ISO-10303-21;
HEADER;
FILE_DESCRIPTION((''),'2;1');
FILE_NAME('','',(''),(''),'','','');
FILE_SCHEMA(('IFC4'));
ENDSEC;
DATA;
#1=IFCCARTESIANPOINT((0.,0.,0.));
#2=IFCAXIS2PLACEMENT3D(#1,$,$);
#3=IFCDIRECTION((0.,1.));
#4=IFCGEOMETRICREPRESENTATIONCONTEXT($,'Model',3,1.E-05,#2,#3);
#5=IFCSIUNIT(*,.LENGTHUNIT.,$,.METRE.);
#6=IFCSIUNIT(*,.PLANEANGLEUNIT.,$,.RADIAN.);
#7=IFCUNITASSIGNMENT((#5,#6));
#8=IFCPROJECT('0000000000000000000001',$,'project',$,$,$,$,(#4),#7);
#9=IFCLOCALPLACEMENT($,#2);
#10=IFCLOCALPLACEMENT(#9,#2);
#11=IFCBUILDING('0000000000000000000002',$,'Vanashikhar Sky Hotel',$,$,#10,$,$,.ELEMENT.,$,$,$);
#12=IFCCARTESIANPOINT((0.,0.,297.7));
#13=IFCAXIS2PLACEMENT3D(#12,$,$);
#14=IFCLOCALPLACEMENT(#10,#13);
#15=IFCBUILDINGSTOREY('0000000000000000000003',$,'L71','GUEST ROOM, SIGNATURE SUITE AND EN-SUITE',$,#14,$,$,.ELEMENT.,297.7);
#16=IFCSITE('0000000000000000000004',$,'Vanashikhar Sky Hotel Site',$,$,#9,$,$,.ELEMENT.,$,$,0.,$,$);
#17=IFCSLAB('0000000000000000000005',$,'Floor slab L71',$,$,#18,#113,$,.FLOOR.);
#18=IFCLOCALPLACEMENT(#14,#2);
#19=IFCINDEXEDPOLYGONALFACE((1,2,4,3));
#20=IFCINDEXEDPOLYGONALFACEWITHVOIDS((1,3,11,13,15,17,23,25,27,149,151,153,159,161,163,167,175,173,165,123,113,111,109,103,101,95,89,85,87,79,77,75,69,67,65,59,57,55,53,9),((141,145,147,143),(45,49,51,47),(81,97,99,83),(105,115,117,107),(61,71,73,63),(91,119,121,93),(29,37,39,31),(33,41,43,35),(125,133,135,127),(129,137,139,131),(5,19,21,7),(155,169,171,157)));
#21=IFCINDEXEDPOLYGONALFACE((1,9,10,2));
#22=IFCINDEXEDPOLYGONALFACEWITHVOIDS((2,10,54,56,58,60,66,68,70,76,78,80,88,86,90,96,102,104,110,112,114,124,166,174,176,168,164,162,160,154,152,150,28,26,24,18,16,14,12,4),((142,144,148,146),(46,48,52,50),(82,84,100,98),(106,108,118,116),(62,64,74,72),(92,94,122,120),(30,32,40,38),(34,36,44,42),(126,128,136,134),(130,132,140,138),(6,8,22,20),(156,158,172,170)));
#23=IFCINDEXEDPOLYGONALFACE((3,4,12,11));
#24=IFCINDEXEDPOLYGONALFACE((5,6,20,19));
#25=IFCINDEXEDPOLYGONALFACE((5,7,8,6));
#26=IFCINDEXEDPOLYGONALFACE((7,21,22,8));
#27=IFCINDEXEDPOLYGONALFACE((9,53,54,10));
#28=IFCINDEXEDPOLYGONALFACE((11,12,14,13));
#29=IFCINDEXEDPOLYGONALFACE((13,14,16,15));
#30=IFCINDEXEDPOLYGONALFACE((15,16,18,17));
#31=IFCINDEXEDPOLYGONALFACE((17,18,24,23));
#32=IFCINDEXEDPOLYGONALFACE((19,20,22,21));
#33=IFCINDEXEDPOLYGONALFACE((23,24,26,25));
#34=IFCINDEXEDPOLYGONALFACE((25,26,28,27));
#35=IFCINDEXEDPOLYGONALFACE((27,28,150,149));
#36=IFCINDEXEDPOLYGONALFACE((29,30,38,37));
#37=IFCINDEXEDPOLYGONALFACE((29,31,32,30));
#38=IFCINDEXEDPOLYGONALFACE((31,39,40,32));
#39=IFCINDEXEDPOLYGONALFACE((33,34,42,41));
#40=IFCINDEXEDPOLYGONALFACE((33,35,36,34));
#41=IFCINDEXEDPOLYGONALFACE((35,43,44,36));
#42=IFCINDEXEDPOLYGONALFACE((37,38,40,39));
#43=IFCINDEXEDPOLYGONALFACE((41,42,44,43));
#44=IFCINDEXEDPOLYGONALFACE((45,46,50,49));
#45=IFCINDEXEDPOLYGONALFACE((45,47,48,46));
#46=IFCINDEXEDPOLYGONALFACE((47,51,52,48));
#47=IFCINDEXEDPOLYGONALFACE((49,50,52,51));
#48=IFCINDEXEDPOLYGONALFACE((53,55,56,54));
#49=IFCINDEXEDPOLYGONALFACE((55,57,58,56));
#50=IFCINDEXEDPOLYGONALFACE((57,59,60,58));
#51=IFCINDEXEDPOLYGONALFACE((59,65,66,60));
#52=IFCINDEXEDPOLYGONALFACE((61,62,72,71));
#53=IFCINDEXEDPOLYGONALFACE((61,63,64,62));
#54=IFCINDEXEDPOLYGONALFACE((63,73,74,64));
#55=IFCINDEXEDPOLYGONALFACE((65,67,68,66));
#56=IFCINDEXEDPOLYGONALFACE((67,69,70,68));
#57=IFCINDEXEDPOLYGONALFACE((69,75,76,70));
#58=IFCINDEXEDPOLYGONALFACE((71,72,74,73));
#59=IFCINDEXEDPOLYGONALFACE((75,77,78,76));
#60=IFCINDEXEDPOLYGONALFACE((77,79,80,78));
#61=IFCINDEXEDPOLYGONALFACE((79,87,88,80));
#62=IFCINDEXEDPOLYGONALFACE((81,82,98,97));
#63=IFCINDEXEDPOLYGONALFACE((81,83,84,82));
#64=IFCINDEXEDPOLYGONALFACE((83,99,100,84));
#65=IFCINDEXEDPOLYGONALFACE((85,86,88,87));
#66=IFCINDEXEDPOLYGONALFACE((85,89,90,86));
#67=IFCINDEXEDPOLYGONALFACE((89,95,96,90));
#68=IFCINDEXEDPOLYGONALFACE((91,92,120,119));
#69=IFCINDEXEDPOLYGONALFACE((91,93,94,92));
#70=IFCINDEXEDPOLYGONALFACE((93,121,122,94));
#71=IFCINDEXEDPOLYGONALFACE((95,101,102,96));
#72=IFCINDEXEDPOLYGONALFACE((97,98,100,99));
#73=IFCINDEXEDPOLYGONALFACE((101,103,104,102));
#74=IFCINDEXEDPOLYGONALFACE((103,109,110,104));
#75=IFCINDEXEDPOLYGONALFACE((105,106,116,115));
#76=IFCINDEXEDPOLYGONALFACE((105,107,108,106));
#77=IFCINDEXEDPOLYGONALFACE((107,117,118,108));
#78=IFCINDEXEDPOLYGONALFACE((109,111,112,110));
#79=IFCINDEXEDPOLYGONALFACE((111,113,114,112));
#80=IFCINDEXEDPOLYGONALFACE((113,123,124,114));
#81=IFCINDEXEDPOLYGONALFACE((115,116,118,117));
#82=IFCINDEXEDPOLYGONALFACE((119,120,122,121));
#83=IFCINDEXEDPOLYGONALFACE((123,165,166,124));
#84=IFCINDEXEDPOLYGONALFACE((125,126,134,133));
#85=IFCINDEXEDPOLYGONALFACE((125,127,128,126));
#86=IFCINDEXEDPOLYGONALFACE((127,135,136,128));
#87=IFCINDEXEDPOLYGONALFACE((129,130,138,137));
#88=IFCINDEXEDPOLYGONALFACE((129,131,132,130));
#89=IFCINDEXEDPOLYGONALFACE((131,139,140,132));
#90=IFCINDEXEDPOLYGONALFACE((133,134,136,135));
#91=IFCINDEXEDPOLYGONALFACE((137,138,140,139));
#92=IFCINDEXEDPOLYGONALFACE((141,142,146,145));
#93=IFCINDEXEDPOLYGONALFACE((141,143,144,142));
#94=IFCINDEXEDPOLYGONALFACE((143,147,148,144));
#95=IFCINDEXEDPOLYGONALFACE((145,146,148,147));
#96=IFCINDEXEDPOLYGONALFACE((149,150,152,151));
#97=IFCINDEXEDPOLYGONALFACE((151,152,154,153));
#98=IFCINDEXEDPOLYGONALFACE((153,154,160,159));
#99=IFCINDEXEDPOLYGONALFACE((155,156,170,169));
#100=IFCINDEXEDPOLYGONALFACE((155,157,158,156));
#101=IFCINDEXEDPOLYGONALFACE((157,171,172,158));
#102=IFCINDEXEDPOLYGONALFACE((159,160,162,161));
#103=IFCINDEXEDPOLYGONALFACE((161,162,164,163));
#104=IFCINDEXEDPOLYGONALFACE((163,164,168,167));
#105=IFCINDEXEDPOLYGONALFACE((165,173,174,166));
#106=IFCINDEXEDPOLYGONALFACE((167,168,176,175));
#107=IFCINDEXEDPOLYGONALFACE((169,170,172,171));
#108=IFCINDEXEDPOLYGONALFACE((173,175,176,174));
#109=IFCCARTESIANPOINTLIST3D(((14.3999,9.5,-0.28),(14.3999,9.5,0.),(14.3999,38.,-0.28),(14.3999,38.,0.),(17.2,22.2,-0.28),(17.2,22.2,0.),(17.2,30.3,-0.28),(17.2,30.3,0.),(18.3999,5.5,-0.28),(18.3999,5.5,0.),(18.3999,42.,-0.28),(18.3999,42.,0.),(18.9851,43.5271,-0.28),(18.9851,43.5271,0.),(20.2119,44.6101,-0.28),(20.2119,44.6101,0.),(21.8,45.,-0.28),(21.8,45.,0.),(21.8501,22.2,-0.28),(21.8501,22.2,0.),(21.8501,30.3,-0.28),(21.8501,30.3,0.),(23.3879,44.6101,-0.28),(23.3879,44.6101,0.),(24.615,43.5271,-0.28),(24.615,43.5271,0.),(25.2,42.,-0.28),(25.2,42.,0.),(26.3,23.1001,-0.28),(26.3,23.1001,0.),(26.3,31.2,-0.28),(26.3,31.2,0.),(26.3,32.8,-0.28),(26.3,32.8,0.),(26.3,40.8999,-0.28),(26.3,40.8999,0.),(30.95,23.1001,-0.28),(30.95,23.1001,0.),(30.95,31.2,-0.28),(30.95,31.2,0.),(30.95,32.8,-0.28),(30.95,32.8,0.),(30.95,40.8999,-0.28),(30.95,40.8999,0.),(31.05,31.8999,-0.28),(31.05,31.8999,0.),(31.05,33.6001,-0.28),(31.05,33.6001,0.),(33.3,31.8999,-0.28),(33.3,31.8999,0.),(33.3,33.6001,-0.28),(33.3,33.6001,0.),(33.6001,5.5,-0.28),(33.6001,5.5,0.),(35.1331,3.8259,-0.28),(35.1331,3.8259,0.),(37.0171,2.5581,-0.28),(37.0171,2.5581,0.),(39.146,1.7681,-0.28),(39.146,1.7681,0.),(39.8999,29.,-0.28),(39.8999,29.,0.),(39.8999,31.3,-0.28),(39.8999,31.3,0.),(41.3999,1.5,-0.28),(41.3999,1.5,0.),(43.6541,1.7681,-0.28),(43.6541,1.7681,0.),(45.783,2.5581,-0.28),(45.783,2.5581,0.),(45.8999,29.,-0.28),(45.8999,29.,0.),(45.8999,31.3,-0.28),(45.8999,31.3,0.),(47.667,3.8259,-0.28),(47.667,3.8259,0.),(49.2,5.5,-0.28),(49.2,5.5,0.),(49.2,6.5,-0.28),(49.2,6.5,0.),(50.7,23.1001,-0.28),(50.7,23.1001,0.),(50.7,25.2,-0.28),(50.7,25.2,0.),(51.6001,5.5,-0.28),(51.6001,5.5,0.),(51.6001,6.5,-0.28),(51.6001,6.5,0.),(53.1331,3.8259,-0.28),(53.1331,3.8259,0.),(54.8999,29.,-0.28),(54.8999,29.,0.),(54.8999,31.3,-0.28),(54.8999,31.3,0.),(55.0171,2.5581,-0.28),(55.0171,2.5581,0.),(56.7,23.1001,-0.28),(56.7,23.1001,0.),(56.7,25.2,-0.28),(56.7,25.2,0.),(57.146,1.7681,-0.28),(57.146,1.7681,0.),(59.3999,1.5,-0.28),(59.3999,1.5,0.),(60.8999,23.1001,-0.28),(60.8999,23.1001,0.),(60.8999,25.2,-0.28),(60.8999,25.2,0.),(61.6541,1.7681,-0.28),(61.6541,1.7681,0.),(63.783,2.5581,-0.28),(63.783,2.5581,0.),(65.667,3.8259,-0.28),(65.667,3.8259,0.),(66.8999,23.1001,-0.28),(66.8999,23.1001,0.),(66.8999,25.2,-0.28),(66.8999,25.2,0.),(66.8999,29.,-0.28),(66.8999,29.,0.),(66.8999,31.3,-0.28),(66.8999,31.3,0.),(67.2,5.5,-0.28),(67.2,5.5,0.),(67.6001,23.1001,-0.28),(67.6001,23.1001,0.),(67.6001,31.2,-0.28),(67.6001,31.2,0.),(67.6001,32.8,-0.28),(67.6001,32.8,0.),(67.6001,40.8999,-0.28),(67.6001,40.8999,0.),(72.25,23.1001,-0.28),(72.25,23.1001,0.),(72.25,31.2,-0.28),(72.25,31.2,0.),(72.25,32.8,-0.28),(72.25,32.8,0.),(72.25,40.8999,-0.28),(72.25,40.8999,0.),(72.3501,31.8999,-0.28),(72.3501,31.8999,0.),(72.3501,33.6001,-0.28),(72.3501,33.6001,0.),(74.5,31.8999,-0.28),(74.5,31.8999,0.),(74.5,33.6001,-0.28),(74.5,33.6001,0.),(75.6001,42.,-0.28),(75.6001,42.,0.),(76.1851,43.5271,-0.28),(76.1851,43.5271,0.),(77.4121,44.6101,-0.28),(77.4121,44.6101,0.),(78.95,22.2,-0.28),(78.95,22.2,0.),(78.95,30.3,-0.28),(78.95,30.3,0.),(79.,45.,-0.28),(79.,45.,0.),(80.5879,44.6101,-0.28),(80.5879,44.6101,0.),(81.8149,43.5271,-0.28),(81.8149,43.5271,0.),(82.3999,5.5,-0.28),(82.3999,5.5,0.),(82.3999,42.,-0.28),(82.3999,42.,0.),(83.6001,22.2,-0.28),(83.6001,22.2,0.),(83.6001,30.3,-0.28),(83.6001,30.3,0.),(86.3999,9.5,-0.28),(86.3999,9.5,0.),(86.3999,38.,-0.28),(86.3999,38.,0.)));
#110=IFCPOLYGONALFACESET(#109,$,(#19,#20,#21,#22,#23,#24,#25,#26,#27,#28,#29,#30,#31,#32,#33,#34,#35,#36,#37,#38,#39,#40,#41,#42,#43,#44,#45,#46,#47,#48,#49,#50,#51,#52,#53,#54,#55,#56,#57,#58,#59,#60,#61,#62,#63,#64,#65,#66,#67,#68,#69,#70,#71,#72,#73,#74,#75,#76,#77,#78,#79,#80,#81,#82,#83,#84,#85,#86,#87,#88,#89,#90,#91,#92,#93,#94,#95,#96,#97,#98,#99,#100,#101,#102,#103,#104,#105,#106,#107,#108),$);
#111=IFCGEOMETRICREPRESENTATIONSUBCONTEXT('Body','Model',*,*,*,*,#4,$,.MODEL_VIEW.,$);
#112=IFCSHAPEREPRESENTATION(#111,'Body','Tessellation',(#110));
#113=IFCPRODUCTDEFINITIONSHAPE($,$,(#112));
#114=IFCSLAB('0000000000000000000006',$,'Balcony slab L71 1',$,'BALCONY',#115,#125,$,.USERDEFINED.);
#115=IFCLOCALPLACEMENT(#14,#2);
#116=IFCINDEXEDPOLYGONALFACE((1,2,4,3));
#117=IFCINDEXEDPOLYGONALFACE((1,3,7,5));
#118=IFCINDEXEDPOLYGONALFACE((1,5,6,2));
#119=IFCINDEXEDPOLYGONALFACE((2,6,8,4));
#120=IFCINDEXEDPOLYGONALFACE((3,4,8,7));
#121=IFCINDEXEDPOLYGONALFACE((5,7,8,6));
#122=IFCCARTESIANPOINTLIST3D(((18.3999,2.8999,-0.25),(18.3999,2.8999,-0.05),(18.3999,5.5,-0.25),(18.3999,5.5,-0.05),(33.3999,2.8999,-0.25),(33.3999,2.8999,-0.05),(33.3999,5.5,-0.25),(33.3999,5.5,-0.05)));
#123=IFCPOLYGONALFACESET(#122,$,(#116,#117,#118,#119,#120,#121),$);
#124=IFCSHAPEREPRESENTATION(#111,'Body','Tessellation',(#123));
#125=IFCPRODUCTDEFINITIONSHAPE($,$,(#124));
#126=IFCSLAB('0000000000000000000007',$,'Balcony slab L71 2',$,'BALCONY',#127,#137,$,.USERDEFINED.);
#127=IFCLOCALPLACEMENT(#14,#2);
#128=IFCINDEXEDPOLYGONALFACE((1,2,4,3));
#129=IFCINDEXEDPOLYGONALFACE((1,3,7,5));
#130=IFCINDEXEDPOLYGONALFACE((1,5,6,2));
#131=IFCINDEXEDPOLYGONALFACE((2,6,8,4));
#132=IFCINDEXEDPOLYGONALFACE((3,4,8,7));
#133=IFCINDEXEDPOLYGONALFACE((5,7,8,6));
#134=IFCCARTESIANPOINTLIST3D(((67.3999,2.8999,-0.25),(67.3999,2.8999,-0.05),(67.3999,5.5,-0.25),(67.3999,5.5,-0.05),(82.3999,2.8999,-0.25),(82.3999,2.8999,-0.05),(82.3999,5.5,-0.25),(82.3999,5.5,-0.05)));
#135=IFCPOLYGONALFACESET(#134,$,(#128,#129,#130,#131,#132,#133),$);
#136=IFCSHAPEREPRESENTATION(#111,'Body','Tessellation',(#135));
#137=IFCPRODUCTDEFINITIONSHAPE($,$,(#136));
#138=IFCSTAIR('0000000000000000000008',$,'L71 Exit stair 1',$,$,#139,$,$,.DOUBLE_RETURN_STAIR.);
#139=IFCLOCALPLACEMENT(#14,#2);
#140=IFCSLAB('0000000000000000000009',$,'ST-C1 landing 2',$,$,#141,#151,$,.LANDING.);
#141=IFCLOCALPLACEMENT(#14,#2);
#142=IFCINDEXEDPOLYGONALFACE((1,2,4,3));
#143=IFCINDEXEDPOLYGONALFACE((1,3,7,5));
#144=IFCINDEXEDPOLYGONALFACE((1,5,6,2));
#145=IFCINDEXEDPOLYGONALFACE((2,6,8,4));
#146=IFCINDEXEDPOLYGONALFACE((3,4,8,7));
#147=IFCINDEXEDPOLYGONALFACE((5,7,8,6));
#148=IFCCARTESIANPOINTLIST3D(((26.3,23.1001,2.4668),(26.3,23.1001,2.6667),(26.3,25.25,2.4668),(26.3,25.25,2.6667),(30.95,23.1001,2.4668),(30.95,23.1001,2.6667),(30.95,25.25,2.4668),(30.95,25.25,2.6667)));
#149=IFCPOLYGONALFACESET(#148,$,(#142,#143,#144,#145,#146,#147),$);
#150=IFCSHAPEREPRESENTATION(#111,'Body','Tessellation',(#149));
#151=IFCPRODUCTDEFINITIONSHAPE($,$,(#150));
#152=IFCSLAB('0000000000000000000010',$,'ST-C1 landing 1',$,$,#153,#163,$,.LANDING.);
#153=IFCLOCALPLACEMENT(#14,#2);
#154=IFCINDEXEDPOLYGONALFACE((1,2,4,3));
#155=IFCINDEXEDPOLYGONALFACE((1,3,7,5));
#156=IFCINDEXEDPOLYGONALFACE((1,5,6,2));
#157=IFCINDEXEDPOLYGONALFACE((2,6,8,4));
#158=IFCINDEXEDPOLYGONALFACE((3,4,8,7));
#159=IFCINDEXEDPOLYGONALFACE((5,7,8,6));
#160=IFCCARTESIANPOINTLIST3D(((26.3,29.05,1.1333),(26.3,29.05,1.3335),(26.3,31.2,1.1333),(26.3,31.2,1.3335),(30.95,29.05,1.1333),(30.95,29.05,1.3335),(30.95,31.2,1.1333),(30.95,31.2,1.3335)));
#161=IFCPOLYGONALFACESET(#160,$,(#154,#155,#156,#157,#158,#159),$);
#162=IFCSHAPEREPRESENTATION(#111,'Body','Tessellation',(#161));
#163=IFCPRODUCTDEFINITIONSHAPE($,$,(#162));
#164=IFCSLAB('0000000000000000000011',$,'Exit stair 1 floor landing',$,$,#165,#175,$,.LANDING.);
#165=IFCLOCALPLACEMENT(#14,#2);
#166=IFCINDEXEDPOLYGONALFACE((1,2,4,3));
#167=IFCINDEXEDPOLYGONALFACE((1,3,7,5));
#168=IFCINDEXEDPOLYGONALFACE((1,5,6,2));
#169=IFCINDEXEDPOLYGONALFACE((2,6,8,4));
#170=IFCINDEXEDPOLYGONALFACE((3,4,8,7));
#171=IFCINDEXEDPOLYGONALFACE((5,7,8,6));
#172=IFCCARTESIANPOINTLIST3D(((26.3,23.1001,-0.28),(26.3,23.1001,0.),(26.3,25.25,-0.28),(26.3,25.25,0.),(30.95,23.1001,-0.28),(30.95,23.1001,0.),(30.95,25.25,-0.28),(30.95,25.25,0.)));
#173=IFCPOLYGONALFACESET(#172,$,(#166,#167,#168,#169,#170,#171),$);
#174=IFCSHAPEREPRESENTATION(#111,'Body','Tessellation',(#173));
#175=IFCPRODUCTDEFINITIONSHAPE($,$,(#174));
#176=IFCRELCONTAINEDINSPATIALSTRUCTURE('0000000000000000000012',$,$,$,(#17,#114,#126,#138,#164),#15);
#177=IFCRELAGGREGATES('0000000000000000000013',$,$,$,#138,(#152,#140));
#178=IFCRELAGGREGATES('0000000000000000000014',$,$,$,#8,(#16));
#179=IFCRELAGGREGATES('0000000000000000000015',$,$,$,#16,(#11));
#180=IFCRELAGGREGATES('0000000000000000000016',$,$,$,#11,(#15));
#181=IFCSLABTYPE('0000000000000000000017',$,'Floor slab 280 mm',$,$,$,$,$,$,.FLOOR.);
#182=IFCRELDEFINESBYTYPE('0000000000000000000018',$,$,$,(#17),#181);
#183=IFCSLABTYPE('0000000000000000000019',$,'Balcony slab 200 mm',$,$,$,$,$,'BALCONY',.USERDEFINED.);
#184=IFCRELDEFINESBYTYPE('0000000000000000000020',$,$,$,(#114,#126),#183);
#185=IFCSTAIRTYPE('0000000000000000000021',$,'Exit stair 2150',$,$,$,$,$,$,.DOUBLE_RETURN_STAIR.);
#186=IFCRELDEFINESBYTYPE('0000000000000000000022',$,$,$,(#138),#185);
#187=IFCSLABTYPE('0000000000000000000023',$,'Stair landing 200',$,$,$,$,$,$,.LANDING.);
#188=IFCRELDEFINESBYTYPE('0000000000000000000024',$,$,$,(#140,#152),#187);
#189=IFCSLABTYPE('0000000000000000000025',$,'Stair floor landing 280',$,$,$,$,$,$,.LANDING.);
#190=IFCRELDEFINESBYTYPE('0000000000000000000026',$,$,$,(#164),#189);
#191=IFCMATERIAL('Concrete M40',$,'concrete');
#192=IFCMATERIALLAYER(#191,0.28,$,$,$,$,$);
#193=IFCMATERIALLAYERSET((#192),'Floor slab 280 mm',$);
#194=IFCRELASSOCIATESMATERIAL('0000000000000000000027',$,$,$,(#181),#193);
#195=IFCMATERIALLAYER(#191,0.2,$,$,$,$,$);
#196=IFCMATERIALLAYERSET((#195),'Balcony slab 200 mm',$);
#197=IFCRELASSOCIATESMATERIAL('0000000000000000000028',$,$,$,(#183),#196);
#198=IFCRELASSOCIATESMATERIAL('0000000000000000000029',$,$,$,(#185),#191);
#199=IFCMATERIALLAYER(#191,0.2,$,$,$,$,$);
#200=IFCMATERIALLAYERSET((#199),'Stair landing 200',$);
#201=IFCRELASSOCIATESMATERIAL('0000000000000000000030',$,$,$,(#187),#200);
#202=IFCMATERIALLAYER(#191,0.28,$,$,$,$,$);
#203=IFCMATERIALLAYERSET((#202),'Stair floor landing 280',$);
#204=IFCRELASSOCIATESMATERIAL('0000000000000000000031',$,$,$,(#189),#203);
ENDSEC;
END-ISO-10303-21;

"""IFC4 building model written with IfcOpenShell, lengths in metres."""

from ifc_helpers import new_model, si_unit, direction, frame, origin, place, context, subcontext, project, spatial, polyline, outline, extrude, source, transform, mapped, material, layer, layer_set, type_object, element, aggregate, save


model = new_model("IFC4")

# Units and contexts
model_context = context("Model", 3, precision=1e-05, world=origin(), true_north=direction((0.0, 1.0)))
body_context = subcontext(model_context, "Body", "Model", "MODEL_VIEW")
ifc_project = project(units=[si_unit("LENGTHUNIT", "METRE"), si_unit("PLANEANGLEUNIT", "RADIAN")], contexts=[model_context])

# Site, building, storey
site_placement = place(None, origin())
site = spatial("IfcSite", under=ifc_project, at=site_placement, Name="Vanashikhar Sky Hotel Site", CompositionType="ELEMENT", RefElevation=0.0)
building_placement = place(site_placement, origin())
building = spatial("IfcBuilding", under=site, at=building_placement, Name="Vanashikhar Sky Hotel", CompositionType="ELEMENT")
storey_placement = place(building_placement, frame((0.0, 0.0, 297.7)))
storey = spatial("IfcBuildingStorey", under=building, at=storey_placement, Name="L71", Description="GUEST ROOM, SIGNATURE SUITE AND EN-SUITE", CompositionType="ELEMENT", Elevation=297.7)

# Slabs
ifc_material = material(Name="Concrete M40", Category="concrete")
ifc_layer_1 = layer(ifc_material, 0.28)
ifc_layer_set_1 = layer_set([ifc_layer_1], Name="Floor slab 280 mm")
slab_type_1 = type_object("IfcSlabType", Name="Floor slab 280 mm", PredefinedType="FLOOR", material=ifc_layer_set_1)
shared_shape_1 = source(origin(), body_context, "Body", "SweptSolid", [
    extrude(outline(polyline([(49.2, 5.5), (49.2, 6.5), (51.6001, 6.5), (51.6001, 5.5), (53.1331, 3.8259), (55.0171, 2.5581), (57.146, 1.7681), (59.3999, 1.5), (61.6541, 1.7681), (63.783, 2.5581), (65.667, 3.8259), (67.2, 5.5), (82.3999, 5.5), (86.3999, 9.5), (86.3999, 38.0), (82.3999, 42.0), (81.8149, 43.5271), (80.5879, 44.6101), (79.0, 45.0), (77.4121, 44.6101), (76.1851, 43.5271), (75.6001, 42.0), (25.2, 42.0), (24.615, 43.5271), (23.3879, 44.6101), (21.8, 45.0), (20.2119, 44.6101), (18.9851, 43.5271), (18.3999, 42.0), (14.3999, 38.0), (14.3999, 9.5), (18.3999, 5.5), (33.6001, 5.5), (35.1331, 3.8259), (37.0171, 2.5581), (39.146, 1.7681), (41.3999, 1.5), (43.6541, 1.7681), (45.783, 2.5581), (47.667, 3.8259), (49.2, 5.5)]), holes=[polyline([(33.3, 33.6001), (31.05, 33.6001), (31.05, 31.8999), (33.3, 31.8999), (33.3, 33.6001)]), polyline([(39.8999, 31.3), (39.8999, 29.0), (45.8999, 29.0), (45.8999, 31.3), (39.8999, 31.3)]), polyline([(50.7, 25.2), (50.7, 23.1001), (56.7, 23.1001), (56.7, 25.2), (50.7, 25.2)]), polyline([(66.8999, 29.0), (66.8999, 31.3), (54.8999, 31.3), (54.8999, 29.0), (66.8999, 29.0)]), polyline([(60.8999, 25.2), (60.8999, 23.1001), (66.8999, 23.1001), (66.8999, 25.2), (60.8999, 25.2)]), polyline([(74.5, 33.6001), (72.3501, 33.6001), (72.3501, 31.8999), (74.5, 31.8999), (74.5, 33.6001)]), polyline([(30.95, 23.1001), (30.95, 31.2), (26.3, 31.2), (26.3, 23.1001), (30.95, 23.1001)]), polyline([(72.25, 23.1001), (72.25, 31.2), (67.6001, 31.2), (67.6001, 23.1001), (72.25, 23.1001)]), polyline([(30.95, 32.8), (30.95, 40.8999), (26.3, 40.8999), (26.3, 32.8), (30.95, 32.8)]), polyline([(72.25, 32.8), (72.25, 40.8999), (67.6001, 40.8999), (67.6001, 32.8), (72.25, 32.8)]), polyline([(83.6001, 22.2), (83.6001, 30.3), (78.95, 30.3), (78.95, 22.2), (83.6001, 22.2)]), polyline([(21.8501, 22.2), (21.8501, 30.3), (17.2, 30.3), (17.2, 22.2), (21.8501, 22.2)])]), origin(), (0.0, 0.0, 1.0), 0.28),
])
slab_1_placement = place(storey_placement, frame((0.0, 0.0, -0.28)))
element("IfcSlab", 1, at=slab_1_placement, inside=storey, type_object=slab_type_1, Name="Floor slab L71", PredefinedType="FLOOR", context=body_context, shape_type="MappedRepresentation", body=[
    mapped(shared_shape_1, transform((0.0, 0.0, 0.0), scale=1.0)),
])
ifc_layer_2 = layer(ifc_material, 0.2)
ifc_layer_set_2 = layer_set([ifc_layer_2], Name="Balcony slab 200 mm")
slab_type_2 = type_object("IfcSlabType", Name="Balcony slab 200 mm", ElementType="BALCONY", PredefinedType="USERDEFINED", material=ifc_layer_set_2)
shared_shape_2 = source(origin(), body_context, "Body", "SweptSolid", [
    extrude(outline(polyline([(18.3999, 2.8999), (33.3999, 2.8999), (33.3999, 5.5), (18.3999, 5.5), (18.3999, 2.8999)])), origin(), (0.0, 0.0, 1.0), 0.2),
])
slab_2_placement = place(storey_placement, frame((0.0, 0.0, -0.25)))
element("IfcSlab", 2, at=slab_2_placement, inside=storey, type_object=slab_type_2, Name="Balcony slab L71 1", ObjectType="BALCONY", PredefinedType="USERDEFINED", context=body_context, shape_type="MappedRepresentation", body=[
    mapped(shared_shape_2, transform((0.0, 0.0, 0.0), scale=1.0)),
])
shared_shape_3 = source(origin(), body_context, "Body", "SweptSolid", [
    extrude(outline(polyline([(67.3999, 2.8999), (82.3999, 2.8999), (82.3999, 5.5), (67.3999, 5.5), (67.3999, 2.8999)])), origin(), (0.0, 0.0, 1.0), 0.2),
])
slab_3_placement = place(storey_placement, frame((0.0, 0.0, -0.25)))
element("IfcSlab", 3, at=slab_3_placement, inside=storey, type_object=slab_type_2, Name="Balcony slab L71 2", ObjectType="BALCONY", PredefinedType="USERDEFINED", context=body_context, shape_type="MappedRepresentation", body=[
    mapped(shared_shape_3, transform((0.0, 0.0, 0.0), scale=1.0)),
])

# Stair, slabs
stair_type = type_object("IfcStairType", Name="Exit stair 2150", PredefinedType="DOUBLE_RETURN_STAIR", material=ifc_material)
stair_1_placement = place(storey_placement, origin())
stair_1 = element("IfcStair", 4, at=stair_1_placement, inside=storey, type_object=stair_type, Name="L71 Exit stair 1", PredefinedType="DOUBLE_RETURN_STAIR")
ifc_layer_3 = layer(ifc_material, 0.2)
ifc_layer_set_3 = layer_set([ifc_layer_3], Name="Stair landing 200")
slab_type_3 = type_object("IfcSlabType", Name="Stair landing 200", PredefinedType="LANDING", material=ifc_layer_set_3)
shared_shape_4 = source(origin(), body_context, "Body", "SweptSolid", [
    extrude(outline(polyline([(30.95, 23.1001), (30.95, 25.25), (26.3, 25.25), (26.3, 23.1001), (30.95, 23.1001)])), origin(), (0.0, 0.0, 1.0), 0.2),
])
slab_4_placement = place(storey_placement, frame((0.0, 0.0, 2.4668)))
slab_4 = element("IfcSlab", 5, at=slab_4_placement, type_object=slab_type_3, Name="ST-C1 landing 2", PredefinedType="LANDING", context=body_context, shape_type="MappedRepresentation", body=[
    mapped(shared_shape_4, transform((0.0, 0.0, 0.0), scale=1.0)),
])
shared_shape_5 = source(origin(), body_context, "Body", "SweptSolid", [
    extrude(outline(polyline([(30.95, 29.05), (30.95, 31.2), (26.3, 31.2), (26.3, 29.05), (30.95, 29.05)])), origin(), (0.0, 0.0, 1.0), 0.2002),
])
slab_5_placement = place(storey_placement, frame((0.0, 0.0, 1.1333)))
slab_5 = element("IfcSlab", 6, at=slab_5_placement, type_object=slab_type_3, Name="ST-C1 landing 1", PredefinedType="LANDING", context=body_context, shape_type="MappedRepresentation", body=[
    mapped(shared_shape_5, transform((0.0, 0.0, 0.0), scale=1.0)),
])
aggregate(stair_1, [slab_5, slab_4])

# Slab
ifc_layer_4 = layer(ifc_material, 0.28)
ifc_layer_set_4 = layer_set([ifc_layer_4], Name="Stair floor landing 280")
slab_type_4 = type_object("IfcSlabType", Name="Stair floor landing 280", PredefinedType="LANDING", material=ifc_layer_set_4)
shared_shape_6 = source(origin(), body_context, "Body", "SweptSolid", [
    extrude(outline(polyline([(30.95, 23.1001), (30.95, 25.25), (26.3, 25.25), (26.3, 23.1001), (30.95, 23.1001)])), origin(), (0.0, 0.0, 1.0), 0.28),
])
slab_6_placement = place(storey_placement, frame((0.0, 0.0, -0.28)))
element("IfcSlab", 7, at=slab_6_placement, inside=storey, type_object=slab_type_4, Name="Exit stair 1 floor landing", PredefinedType="LANDING", context=body_context, shape_type="MappedRepresentation", body=[
    mapped(shared_shape_6, transform((0.0, 0.0, 0.0), scale=1.0)),
])

save(model, "model.ifc")
